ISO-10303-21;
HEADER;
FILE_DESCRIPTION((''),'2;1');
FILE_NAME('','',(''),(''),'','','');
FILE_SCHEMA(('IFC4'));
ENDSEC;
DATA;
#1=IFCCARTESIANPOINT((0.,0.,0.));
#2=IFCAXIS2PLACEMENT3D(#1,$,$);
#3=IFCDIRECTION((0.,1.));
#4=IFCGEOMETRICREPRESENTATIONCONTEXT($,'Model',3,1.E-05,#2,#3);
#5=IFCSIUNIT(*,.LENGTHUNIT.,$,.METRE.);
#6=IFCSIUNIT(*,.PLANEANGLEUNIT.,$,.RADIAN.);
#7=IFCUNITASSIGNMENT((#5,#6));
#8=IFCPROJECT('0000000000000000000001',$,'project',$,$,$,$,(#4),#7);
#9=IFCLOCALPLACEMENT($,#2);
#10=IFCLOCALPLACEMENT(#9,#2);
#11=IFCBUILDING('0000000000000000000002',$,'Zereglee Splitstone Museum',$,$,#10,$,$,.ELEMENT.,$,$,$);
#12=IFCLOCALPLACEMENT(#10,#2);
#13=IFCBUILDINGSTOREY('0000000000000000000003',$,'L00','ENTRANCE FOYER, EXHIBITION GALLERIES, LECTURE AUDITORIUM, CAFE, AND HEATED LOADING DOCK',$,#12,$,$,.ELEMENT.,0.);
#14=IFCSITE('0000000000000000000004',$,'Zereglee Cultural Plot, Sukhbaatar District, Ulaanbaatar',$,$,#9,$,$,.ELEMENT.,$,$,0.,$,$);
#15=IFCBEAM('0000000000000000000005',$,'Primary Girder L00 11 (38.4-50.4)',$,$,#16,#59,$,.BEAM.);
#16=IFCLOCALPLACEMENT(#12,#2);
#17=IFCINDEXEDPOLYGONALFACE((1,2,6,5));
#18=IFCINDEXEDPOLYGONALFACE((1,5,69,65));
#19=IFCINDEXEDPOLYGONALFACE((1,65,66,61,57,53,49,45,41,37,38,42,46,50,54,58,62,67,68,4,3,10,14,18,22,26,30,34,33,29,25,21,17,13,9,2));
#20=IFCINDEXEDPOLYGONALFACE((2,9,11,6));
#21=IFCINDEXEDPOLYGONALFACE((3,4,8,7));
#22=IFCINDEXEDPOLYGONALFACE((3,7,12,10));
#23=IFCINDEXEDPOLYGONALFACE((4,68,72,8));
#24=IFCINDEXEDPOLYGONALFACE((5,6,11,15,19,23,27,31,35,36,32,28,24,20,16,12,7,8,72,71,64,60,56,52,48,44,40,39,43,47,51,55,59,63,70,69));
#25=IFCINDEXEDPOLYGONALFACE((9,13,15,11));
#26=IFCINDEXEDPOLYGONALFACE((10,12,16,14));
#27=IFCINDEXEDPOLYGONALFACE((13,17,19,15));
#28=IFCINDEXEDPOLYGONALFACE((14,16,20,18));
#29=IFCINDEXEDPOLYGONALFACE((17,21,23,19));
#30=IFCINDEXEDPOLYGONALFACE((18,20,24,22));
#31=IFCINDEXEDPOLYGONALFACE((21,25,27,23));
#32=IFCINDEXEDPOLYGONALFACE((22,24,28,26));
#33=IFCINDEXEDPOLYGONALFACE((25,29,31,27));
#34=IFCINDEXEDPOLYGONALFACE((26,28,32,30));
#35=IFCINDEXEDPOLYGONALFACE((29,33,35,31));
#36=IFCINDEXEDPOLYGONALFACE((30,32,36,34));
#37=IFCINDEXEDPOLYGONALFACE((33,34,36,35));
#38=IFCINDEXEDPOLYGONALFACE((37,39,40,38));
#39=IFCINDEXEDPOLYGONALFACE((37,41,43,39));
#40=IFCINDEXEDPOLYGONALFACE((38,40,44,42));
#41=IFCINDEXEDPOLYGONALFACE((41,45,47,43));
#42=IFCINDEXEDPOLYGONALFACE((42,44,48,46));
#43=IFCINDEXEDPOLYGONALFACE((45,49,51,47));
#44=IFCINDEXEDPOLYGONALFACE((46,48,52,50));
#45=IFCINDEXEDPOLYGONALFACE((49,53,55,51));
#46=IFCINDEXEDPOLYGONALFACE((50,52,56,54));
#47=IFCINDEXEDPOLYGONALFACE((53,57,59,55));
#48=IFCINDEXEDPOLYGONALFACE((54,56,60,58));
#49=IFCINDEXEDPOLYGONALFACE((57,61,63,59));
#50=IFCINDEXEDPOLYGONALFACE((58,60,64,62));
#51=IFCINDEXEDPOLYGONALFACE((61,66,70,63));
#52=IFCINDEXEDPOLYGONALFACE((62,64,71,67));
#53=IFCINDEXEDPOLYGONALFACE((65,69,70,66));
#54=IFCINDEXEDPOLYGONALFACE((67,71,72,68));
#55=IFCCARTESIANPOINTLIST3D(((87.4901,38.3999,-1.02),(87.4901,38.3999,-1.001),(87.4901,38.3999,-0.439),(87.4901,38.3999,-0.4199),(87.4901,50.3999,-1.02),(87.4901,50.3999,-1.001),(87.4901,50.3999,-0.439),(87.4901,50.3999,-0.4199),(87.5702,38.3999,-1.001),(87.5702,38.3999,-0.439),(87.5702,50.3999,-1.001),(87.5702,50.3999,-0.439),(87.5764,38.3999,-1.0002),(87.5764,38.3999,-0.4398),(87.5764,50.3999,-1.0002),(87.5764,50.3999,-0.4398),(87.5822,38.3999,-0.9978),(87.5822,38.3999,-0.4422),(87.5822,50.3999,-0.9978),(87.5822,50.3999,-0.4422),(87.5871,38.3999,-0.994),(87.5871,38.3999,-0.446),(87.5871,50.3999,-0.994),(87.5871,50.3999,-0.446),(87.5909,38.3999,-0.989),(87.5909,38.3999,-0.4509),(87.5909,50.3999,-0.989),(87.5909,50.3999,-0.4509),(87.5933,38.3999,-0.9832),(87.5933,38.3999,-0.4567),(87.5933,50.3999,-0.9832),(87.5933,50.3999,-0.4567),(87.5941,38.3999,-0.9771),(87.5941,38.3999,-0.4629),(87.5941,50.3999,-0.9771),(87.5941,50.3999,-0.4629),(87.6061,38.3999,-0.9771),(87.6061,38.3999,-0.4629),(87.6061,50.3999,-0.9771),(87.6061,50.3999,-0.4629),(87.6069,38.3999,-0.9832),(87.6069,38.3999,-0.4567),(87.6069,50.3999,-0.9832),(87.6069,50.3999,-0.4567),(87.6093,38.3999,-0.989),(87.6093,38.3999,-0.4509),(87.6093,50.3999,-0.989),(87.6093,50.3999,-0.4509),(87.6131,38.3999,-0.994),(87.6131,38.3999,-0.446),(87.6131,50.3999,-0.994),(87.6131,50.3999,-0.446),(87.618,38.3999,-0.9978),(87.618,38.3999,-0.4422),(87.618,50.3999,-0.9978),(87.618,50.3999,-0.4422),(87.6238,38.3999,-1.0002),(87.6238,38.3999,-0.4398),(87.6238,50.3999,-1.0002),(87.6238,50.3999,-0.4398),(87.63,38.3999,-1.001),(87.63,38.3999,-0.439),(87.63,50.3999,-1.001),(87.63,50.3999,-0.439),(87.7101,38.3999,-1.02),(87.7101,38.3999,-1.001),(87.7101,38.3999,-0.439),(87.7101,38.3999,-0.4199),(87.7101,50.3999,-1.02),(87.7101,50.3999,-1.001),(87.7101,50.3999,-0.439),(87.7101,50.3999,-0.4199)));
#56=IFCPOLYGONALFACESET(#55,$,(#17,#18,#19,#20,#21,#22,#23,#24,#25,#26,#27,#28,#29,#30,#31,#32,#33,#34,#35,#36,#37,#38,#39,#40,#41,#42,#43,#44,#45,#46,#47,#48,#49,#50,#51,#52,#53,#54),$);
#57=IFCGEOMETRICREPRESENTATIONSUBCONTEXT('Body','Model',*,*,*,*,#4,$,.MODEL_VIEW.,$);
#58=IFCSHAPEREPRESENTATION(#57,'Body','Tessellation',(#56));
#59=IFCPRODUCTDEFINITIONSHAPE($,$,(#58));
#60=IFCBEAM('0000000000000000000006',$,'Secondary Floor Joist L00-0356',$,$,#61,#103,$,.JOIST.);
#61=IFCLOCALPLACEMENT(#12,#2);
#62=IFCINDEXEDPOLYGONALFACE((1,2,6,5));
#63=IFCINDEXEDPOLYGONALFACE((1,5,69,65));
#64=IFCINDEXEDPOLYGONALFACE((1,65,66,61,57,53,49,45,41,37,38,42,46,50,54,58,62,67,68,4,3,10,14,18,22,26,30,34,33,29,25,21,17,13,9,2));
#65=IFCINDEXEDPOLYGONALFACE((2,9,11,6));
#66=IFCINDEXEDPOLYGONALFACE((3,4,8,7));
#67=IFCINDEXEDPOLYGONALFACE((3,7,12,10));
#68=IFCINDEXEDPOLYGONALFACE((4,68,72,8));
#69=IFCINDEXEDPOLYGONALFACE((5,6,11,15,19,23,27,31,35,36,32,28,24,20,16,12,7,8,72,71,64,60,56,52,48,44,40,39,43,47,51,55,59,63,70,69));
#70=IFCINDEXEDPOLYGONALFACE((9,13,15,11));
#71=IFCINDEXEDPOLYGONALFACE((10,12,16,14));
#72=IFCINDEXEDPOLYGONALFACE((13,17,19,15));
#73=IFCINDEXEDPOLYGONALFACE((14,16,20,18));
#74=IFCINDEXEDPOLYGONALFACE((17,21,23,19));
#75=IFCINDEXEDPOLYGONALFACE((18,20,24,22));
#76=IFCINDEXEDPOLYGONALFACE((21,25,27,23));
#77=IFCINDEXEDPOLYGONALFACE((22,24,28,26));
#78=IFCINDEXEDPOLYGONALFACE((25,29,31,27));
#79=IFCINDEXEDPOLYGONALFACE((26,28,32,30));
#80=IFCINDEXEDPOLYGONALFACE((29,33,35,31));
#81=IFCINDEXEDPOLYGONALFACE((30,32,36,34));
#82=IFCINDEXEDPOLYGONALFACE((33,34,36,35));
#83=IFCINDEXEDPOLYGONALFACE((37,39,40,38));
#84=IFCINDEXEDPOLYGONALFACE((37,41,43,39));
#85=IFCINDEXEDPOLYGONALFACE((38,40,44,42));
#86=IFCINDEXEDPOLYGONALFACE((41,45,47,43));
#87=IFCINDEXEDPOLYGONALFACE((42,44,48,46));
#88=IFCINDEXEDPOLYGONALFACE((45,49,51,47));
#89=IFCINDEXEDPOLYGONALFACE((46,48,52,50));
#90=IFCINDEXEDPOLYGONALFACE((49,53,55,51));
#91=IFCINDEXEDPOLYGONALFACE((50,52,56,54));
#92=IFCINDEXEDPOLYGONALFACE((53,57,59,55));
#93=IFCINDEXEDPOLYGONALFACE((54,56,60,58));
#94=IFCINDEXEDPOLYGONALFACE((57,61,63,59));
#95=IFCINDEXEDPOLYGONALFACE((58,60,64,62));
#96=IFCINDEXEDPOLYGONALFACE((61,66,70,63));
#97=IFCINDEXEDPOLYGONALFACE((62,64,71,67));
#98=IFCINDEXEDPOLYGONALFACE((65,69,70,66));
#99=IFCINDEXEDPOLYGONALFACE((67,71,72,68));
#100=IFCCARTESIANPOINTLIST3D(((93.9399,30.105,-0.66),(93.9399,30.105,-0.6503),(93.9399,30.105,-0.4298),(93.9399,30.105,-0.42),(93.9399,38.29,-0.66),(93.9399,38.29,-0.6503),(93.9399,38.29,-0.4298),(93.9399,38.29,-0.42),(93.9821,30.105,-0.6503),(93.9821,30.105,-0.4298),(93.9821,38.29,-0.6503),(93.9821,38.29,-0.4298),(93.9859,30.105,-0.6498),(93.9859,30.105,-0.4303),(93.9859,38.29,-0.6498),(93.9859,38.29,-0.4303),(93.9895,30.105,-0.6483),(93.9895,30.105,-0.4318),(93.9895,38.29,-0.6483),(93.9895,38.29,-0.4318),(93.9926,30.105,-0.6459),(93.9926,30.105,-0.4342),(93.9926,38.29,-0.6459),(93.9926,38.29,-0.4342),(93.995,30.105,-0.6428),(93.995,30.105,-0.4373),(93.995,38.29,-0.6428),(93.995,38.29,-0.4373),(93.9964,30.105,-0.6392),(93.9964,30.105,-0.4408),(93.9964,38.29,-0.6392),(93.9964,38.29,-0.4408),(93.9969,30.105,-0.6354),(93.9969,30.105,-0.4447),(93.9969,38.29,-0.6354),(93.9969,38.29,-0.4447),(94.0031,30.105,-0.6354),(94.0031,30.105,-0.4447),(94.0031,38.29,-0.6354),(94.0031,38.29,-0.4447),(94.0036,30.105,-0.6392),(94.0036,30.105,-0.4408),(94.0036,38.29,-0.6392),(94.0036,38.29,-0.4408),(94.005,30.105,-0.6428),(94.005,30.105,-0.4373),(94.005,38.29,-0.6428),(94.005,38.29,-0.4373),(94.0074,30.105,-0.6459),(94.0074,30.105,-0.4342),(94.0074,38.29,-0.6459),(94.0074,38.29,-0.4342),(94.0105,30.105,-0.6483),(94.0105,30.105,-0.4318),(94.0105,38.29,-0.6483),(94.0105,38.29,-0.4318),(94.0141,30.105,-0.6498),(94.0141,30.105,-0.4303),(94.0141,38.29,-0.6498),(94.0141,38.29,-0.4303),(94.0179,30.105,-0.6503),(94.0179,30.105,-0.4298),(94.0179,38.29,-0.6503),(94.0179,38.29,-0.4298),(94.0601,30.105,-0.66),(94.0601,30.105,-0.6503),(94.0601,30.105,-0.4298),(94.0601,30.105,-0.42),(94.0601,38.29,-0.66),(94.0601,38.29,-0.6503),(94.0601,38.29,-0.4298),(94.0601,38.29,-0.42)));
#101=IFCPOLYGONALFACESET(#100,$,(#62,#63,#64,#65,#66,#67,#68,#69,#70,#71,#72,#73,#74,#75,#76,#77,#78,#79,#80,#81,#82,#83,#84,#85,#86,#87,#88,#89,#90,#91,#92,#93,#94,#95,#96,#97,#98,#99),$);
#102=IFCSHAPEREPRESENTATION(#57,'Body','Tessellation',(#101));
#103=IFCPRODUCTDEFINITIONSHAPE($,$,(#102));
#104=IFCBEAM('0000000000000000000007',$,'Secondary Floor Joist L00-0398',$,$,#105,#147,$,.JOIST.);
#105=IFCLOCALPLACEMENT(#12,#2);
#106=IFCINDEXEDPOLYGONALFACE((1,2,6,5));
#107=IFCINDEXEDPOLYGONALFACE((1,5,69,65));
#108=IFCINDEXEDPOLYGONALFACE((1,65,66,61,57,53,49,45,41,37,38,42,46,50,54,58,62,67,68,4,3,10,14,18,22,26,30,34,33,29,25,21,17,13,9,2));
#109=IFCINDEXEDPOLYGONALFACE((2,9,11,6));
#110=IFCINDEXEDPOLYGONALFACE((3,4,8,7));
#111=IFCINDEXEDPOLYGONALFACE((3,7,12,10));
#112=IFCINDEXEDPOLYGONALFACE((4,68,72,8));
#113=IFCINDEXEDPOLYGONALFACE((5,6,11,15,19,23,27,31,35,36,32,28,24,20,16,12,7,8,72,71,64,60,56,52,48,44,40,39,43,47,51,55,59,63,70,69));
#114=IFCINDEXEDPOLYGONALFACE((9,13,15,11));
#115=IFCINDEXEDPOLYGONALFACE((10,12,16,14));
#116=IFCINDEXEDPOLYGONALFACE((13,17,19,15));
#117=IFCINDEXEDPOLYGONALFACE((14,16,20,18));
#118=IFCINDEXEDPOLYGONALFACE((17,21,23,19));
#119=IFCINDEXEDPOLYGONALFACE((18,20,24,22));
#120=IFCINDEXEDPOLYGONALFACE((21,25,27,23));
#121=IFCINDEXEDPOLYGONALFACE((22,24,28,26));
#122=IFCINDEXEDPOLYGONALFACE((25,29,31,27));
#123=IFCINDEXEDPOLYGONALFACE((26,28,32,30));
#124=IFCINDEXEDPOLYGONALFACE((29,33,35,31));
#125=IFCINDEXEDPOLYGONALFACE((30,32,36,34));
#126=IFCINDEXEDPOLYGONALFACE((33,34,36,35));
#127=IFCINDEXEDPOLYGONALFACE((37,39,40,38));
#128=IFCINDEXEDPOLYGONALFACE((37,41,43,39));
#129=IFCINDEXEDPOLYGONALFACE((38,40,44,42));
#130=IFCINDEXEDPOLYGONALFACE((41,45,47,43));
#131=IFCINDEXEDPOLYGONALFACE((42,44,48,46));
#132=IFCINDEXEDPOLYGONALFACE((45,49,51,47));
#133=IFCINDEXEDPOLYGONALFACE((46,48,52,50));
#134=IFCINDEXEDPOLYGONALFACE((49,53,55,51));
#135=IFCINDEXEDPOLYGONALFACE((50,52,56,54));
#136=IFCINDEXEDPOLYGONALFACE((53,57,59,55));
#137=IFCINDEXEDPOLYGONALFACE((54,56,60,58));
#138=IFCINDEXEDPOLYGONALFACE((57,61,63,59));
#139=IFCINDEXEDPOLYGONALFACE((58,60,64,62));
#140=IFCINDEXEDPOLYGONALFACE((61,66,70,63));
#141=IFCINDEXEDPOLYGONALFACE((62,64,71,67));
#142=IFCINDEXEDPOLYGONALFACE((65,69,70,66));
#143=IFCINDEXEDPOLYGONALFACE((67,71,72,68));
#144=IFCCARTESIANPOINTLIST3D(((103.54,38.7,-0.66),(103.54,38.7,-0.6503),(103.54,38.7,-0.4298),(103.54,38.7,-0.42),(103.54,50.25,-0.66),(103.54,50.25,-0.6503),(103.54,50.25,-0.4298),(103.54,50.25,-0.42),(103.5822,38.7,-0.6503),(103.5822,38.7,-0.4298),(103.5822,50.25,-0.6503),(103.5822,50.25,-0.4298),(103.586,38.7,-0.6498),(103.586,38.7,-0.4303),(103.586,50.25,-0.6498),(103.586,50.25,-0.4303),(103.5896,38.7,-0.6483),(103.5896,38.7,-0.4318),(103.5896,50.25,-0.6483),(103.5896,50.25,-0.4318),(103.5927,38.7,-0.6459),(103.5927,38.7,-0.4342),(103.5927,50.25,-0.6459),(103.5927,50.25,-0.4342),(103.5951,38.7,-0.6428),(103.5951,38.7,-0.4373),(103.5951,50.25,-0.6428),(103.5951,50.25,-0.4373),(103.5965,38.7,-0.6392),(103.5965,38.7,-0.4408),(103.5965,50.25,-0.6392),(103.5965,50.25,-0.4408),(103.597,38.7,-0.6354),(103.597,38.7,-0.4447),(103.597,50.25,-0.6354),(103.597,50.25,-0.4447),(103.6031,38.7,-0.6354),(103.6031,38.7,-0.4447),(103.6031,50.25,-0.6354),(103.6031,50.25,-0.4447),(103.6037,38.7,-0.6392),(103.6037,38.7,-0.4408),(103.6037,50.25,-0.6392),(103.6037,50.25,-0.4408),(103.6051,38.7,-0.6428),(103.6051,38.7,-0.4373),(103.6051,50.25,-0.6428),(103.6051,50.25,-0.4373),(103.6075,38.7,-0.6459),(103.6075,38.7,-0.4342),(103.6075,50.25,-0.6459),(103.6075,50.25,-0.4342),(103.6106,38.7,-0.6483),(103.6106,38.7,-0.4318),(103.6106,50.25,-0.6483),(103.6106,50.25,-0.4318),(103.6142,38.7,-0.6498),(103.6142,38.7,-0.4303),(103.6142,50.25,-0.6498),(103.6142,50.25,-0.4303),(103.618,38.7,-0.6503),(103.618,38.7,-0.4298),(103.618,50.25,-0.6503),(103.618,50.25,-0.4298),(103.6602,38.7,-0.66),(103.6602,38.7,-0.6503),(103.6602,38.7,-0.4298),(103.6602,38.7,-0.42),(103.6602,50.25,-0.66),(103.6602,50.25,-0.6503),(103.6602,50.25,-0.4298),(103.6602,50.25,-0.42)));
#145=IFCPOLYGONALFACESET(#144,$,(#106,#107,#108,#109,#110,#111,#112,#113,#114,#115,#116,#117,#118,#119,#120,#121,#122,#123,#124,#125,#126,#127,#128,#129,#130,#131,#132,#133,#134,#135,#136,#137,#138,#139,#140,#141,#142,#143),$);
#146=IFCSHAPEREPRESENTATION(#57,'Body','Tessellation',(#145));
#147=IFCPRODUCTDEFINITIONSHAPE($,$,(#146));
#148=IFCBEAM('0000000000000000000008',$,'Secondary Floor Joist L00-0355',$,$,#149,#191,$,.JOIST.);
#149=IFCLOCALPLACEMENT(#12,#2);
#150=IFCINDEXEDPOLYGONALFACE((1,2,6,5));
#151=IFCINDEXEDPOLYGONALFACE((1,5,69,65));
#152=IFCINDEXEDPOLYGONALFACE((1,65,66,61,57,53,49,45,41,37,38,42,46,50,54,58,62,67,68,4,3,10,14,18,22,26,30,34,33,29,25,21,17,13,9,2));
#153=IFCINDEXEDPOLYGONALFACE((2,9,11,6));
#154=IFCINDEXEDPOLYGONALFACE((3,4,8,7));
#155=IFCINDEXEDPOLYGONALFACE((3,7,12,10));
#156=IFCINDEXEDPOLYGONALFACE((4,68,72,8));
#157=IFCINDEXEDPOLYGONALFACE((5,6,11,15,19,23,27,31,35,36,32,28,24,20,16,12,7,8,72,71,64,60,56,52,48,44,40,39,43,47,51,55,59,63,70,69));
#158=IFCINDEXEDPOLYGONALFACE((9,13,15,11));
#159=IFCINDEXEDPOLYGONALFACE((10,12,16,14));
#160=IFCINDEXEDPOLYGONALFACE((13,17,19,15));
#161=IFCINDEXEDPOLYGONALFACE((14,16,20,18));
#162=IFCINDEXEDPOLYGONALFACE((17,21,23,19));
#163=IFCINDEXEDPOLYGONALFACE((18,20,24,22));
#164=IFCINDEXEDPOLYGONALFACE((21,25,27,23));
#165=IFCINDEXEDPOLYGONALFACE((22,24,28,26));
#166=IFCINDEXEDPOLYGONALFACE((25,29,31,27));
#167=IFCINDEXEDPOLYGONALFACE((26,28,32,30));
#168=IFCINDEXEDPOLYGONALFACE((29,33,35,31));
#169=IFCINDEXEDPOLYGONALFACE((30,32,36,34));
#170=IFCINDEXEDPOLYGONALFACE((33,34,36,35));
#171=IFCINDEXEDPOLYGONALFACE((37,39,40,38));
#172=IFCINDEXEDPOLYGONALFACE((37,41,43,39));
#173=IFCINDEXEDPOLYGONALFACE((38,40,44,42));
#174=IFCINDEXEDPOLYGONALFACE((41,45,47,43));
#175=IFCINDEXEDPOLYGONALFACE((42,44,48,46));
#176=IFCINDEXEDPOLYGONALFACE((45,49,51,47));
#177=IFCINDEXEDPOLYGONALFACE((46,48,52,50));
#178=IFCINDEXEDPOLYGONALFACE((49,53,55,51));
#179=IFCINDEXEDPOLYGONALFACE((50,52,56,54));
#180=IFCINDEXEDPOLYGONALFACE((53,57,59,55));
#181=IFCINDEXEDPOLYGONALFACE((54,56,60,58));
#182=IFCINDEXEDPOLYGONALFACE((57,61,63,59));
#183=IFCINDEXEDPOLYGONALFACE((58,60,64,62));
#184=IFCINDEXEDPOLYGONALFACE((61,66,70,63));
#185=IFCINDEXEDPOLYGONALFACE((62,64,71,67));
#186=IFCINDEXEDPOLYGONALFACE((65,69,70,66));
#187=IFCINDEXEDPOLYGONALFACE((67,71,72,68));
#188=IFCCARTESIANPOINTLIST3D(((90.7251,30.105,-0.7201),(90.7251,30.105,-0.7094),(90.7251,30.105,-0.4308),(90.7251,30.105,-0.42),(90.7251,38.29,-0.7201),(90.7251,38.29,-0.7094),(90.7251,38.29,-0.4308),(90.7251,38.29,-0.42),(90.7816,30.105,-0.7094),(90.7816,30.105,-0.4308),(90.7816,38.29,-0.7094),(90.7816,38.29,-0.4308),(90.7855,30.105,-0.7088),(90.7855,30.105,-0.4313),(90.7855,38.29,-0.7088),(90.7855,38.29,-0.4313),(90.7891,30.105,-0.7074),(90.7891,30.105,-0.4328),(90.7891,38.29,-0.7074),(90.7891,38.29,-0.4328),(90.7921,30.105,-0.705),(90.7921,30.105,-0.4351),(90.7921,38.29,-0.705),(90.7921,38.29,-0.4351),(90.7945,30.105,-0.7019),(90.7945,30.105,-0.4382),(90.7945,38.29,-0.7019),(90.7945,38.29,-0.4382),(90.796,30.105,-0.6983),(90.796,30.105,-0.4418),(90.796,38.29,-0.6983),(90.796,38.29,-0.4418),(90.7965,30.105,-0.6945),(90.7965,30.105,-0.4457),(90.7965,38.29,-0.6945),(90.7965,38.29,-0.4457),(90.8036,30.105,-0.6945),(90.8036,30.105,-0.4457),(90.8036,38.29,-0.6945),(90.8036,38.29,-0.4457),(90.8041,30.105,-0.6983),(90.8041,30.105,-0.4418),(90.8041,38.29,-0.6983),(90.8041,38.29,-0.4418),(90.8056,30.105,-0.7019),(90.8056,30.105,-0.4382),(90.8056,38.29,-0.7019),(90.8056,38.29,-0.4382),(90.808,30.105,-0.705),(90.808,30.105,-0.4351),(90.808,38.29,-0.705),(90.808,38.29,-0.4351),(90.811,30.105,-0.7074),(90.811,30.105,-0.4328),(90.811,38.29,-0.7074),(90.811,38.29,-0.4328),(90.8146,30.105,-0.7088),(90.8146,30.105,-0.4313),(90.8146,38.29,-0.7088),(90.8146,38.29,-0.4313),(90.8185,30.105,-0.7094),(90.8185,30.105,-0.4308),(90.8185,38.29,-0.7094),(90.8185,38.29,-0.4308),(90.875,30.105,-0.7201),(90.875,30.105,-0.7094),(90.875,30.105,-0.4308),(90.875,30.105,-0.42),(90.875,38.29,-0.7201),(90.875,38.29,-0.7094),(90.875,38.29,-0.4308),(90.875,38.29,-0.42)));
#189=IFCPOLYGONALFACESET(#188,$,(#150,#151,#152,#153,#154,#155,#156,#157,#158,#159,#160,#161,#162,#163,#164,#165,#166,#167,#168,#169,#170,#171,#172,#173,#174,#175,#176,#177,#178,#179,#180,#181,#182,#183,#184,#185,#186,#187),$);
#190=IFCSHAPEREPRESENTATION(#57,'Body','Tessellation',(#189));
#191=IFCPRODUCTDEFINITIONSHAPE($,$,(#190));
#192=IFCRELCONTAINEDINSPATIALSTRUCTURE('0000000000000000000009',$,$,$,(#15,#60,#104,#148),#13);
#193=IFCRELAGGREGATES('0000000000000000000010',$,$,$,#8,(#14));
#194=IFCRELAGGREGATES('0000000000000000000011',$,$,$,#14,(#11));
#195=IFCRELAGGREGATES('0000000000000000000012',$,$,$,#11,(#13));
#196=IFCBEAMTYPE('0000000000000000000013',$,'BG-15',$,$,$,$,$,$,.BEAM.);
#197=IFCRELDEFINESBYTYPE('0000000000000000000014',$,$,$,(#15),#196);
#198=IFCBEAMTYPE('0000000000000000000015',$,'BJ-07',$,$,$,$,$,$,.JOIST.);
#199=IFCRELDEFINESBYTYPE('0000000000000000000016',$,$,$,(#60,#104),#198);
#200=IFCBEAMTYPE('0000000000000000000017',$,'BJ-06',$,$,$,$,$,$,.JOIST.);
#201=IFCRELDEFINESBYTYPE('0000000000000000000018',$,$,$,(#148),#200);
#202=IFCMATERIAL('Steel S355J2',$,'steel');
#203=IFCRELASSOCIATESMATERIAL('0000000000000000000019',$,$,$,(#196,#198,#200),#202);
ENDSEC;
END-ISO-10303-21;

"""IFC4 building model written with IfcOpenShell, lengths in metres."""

from ifc_helpers import new_model, si_unit, direction, frame, origin, origin_2d, place, context, subcontext, project, spatial, i_section, extrude, material, material_profile, profile_set, type_object, element, save


model = new_model("IFC4")

# Units and contexts
model_context = context("Model", 3, precision=1e-05, world=origin(), true_north=direction((0.0, 1.0)))
body_context = subcontext(model_context, "Body", "Model", "MODEL_VIEW")
ifc_project = project(units=[si_unit("LENGTHUNIT", "METRE"), si_unit("PLANEANGLEUNIT", "RADIAN")], contexts=[model_context])

# Site, building, storey
site_placement = place(None, origin())
site = spatial("IfcSite", under=ifc_project, at=site_placement, Name="Zereglee Cultural Plot, Sukhbaatar District, Ulaanbaatar", CompositionType="ELEMENT", RefElevation=0.0)
building_placement = place(site_placement, origin())
building = spatial("IfcBuilding", under=site, at=building_placement, Name="Zereglee Splitstone Museum", CompositionType="ELEMENT")
storey_placement = place(building_placement, origin())
storey = spatial("IfcBuildingStorey", under=building, at=storey_placement, Name="L00", Description="ENTRANCE FOYER, EXHIBITION GALLERIES, LECTURE AUDITORIUM, CAFE, AND HEATED LOADING DOCK", CompositionType="ELEMENT", Elevation=0.0)

# Beams
ifc_material_1 = material(Name="Steel S355J2", Category="steel")
ifc_material_profile_1 = material_profile(ifc_material_1, i_section(OverallWidth=0.22, OverallDepth=0.6001, WebThickness=0.012, FlangeThickness=0.019, FilletRadius=0.0239, at=origin_2d()), Name="IPE 600")
ifc_profile_set_1 = profile_set([ifc_material_profile_1], Name="Steel S355J2")
beam_type_1 = type_object("IfcBeamType", Name="BG-15", PredefinedType="BEAM", material=ifc_profile_set_1)
beam_1_placement = place(storey_placement, frame((87.6001, 38.3999, -0.72), z_axis=(0.0, 1.0, 0.0), x_axis=(-1.0, 0.0, 0.0)))
element("IfcBeam", 1, at=beam_1_placement, inside=storey, type_object=beam_type_1, Name="Primary Girder L00 11 (38.4-50.4)", PredefinedType="BEAM", context=body_context, shape_type="SweptSolid", body=[
    extrude(i_section(OverallWidth=0.22, OverallDepth=0.6001, WebThickness=0.012, FlangeThickness=0.019, FilletRadius=0.0239, at=origin_2d()), origin(), (0.0, 0.0, 1.0), 12.0),
])
ifc_material_profile_2 = material_profile(ifc_material_1, i_section(OverallWidth=0.1201, OverallDepth=0.24, WebThickness=0.0061, FlangeThickness=0.0098, FilletRadius=0.0149, at=origin_2d()), Name="IPE 240")
ifc_profile_set_2 = profile_set([ifc_material_profile_2], Name="Steel S355J2")
beam_type_2 = type_object("IfcBeamType", Name="BJ-07", PredefinedType="JOIST", material=ifc_profile_set_2)
beam_2_placement = place(storey_placement, frame((94.0, 30.105, -0.54), z_axis=(0.0, 1.0, 0.0), x_axis=(-1.0, 0.0, 0.0)))
element("IfcBeam", 2, at=beam_2_placement, inside=storey, type_object=beam_type_2, Name="Secondary Floor Joist L00-0356", PredefinedType="JOIST", context=body_context, shape_type="SweptSolid", body=[
    extrude(i_section(OverallWidth=0.1201, OverallDepth=0.24, WebThickness=0.0061, FlangeThickness=0.0098, FilletRadius=0.0149, at=origin_2d()), origin(), (0.0, 0.0, 1.0), 8.1851),
])
beam_3_placement = place(storey_placement, frame((103.6001, 38.7, -0.54), z_axis=(0.0, 1.0, 0.0), x_axis=(-1.0, 0.0, 0.0)))
element("IfcBeam", 3, at=beam_3_placement, inside=storey, type_object=beam_type_2, Name="Secondary Floor Joist L00-0398", PredefinedType="JOIST", context=body_context, shape_type="SweptSolid", body=[
    extrude(i_section(OverallWidth=0.1201, OverallDepth=0.24, WebThickness=0.0061, FlangeThickness=0.0098, FilletRadius=0.0149, at=origin_2d()), origin(), (0.0, 0.0, 1.0), 11.55),
])
ifc_material_profile_3 = material_profile(ifc_material_1, i_section(OverallWidth=0.1499, OverallDepth=0.3, WebThickness=0.0071, FlangeThickness=0.0107, FilletRadius=0.0149, at=origin_2d()), Name="IPE 300")
ifc_profile_set_3 = profile_set([ifc_material_profile_3], Name="Steel S355J2")
beam_type_3 = type_object("IfcBeamType", Name="BJ-06", PredefinedType="JOIST", material=ifc_profile_set_3)
beam_4_placement = place(storey_placement, frame((90.8, 30.105, -0.5701), z_axis=(0.0, 1.0, 0.0), x_axis=(-1.0, 0.0, 0.0)))
element("IfcBeam", 4, at=beam_4_placement, inside=storey, type_object=beam_type_3, Name="Secondary Floor Joist L00-0355", PredefinedType="JOIST", context=body_context, shape_type="SweptSolid", body=[
    extrude(i_section(OverallWidth=0.1499, OverallDepth=0.3, WebThickness=0.0071, FlangeThickness=0.0107, FilletRadius=0.0149, at=origin_2d()), origin(), (0.0, 0.0, 1.0), 8.1851),
])

save(model, "model.ifc")
